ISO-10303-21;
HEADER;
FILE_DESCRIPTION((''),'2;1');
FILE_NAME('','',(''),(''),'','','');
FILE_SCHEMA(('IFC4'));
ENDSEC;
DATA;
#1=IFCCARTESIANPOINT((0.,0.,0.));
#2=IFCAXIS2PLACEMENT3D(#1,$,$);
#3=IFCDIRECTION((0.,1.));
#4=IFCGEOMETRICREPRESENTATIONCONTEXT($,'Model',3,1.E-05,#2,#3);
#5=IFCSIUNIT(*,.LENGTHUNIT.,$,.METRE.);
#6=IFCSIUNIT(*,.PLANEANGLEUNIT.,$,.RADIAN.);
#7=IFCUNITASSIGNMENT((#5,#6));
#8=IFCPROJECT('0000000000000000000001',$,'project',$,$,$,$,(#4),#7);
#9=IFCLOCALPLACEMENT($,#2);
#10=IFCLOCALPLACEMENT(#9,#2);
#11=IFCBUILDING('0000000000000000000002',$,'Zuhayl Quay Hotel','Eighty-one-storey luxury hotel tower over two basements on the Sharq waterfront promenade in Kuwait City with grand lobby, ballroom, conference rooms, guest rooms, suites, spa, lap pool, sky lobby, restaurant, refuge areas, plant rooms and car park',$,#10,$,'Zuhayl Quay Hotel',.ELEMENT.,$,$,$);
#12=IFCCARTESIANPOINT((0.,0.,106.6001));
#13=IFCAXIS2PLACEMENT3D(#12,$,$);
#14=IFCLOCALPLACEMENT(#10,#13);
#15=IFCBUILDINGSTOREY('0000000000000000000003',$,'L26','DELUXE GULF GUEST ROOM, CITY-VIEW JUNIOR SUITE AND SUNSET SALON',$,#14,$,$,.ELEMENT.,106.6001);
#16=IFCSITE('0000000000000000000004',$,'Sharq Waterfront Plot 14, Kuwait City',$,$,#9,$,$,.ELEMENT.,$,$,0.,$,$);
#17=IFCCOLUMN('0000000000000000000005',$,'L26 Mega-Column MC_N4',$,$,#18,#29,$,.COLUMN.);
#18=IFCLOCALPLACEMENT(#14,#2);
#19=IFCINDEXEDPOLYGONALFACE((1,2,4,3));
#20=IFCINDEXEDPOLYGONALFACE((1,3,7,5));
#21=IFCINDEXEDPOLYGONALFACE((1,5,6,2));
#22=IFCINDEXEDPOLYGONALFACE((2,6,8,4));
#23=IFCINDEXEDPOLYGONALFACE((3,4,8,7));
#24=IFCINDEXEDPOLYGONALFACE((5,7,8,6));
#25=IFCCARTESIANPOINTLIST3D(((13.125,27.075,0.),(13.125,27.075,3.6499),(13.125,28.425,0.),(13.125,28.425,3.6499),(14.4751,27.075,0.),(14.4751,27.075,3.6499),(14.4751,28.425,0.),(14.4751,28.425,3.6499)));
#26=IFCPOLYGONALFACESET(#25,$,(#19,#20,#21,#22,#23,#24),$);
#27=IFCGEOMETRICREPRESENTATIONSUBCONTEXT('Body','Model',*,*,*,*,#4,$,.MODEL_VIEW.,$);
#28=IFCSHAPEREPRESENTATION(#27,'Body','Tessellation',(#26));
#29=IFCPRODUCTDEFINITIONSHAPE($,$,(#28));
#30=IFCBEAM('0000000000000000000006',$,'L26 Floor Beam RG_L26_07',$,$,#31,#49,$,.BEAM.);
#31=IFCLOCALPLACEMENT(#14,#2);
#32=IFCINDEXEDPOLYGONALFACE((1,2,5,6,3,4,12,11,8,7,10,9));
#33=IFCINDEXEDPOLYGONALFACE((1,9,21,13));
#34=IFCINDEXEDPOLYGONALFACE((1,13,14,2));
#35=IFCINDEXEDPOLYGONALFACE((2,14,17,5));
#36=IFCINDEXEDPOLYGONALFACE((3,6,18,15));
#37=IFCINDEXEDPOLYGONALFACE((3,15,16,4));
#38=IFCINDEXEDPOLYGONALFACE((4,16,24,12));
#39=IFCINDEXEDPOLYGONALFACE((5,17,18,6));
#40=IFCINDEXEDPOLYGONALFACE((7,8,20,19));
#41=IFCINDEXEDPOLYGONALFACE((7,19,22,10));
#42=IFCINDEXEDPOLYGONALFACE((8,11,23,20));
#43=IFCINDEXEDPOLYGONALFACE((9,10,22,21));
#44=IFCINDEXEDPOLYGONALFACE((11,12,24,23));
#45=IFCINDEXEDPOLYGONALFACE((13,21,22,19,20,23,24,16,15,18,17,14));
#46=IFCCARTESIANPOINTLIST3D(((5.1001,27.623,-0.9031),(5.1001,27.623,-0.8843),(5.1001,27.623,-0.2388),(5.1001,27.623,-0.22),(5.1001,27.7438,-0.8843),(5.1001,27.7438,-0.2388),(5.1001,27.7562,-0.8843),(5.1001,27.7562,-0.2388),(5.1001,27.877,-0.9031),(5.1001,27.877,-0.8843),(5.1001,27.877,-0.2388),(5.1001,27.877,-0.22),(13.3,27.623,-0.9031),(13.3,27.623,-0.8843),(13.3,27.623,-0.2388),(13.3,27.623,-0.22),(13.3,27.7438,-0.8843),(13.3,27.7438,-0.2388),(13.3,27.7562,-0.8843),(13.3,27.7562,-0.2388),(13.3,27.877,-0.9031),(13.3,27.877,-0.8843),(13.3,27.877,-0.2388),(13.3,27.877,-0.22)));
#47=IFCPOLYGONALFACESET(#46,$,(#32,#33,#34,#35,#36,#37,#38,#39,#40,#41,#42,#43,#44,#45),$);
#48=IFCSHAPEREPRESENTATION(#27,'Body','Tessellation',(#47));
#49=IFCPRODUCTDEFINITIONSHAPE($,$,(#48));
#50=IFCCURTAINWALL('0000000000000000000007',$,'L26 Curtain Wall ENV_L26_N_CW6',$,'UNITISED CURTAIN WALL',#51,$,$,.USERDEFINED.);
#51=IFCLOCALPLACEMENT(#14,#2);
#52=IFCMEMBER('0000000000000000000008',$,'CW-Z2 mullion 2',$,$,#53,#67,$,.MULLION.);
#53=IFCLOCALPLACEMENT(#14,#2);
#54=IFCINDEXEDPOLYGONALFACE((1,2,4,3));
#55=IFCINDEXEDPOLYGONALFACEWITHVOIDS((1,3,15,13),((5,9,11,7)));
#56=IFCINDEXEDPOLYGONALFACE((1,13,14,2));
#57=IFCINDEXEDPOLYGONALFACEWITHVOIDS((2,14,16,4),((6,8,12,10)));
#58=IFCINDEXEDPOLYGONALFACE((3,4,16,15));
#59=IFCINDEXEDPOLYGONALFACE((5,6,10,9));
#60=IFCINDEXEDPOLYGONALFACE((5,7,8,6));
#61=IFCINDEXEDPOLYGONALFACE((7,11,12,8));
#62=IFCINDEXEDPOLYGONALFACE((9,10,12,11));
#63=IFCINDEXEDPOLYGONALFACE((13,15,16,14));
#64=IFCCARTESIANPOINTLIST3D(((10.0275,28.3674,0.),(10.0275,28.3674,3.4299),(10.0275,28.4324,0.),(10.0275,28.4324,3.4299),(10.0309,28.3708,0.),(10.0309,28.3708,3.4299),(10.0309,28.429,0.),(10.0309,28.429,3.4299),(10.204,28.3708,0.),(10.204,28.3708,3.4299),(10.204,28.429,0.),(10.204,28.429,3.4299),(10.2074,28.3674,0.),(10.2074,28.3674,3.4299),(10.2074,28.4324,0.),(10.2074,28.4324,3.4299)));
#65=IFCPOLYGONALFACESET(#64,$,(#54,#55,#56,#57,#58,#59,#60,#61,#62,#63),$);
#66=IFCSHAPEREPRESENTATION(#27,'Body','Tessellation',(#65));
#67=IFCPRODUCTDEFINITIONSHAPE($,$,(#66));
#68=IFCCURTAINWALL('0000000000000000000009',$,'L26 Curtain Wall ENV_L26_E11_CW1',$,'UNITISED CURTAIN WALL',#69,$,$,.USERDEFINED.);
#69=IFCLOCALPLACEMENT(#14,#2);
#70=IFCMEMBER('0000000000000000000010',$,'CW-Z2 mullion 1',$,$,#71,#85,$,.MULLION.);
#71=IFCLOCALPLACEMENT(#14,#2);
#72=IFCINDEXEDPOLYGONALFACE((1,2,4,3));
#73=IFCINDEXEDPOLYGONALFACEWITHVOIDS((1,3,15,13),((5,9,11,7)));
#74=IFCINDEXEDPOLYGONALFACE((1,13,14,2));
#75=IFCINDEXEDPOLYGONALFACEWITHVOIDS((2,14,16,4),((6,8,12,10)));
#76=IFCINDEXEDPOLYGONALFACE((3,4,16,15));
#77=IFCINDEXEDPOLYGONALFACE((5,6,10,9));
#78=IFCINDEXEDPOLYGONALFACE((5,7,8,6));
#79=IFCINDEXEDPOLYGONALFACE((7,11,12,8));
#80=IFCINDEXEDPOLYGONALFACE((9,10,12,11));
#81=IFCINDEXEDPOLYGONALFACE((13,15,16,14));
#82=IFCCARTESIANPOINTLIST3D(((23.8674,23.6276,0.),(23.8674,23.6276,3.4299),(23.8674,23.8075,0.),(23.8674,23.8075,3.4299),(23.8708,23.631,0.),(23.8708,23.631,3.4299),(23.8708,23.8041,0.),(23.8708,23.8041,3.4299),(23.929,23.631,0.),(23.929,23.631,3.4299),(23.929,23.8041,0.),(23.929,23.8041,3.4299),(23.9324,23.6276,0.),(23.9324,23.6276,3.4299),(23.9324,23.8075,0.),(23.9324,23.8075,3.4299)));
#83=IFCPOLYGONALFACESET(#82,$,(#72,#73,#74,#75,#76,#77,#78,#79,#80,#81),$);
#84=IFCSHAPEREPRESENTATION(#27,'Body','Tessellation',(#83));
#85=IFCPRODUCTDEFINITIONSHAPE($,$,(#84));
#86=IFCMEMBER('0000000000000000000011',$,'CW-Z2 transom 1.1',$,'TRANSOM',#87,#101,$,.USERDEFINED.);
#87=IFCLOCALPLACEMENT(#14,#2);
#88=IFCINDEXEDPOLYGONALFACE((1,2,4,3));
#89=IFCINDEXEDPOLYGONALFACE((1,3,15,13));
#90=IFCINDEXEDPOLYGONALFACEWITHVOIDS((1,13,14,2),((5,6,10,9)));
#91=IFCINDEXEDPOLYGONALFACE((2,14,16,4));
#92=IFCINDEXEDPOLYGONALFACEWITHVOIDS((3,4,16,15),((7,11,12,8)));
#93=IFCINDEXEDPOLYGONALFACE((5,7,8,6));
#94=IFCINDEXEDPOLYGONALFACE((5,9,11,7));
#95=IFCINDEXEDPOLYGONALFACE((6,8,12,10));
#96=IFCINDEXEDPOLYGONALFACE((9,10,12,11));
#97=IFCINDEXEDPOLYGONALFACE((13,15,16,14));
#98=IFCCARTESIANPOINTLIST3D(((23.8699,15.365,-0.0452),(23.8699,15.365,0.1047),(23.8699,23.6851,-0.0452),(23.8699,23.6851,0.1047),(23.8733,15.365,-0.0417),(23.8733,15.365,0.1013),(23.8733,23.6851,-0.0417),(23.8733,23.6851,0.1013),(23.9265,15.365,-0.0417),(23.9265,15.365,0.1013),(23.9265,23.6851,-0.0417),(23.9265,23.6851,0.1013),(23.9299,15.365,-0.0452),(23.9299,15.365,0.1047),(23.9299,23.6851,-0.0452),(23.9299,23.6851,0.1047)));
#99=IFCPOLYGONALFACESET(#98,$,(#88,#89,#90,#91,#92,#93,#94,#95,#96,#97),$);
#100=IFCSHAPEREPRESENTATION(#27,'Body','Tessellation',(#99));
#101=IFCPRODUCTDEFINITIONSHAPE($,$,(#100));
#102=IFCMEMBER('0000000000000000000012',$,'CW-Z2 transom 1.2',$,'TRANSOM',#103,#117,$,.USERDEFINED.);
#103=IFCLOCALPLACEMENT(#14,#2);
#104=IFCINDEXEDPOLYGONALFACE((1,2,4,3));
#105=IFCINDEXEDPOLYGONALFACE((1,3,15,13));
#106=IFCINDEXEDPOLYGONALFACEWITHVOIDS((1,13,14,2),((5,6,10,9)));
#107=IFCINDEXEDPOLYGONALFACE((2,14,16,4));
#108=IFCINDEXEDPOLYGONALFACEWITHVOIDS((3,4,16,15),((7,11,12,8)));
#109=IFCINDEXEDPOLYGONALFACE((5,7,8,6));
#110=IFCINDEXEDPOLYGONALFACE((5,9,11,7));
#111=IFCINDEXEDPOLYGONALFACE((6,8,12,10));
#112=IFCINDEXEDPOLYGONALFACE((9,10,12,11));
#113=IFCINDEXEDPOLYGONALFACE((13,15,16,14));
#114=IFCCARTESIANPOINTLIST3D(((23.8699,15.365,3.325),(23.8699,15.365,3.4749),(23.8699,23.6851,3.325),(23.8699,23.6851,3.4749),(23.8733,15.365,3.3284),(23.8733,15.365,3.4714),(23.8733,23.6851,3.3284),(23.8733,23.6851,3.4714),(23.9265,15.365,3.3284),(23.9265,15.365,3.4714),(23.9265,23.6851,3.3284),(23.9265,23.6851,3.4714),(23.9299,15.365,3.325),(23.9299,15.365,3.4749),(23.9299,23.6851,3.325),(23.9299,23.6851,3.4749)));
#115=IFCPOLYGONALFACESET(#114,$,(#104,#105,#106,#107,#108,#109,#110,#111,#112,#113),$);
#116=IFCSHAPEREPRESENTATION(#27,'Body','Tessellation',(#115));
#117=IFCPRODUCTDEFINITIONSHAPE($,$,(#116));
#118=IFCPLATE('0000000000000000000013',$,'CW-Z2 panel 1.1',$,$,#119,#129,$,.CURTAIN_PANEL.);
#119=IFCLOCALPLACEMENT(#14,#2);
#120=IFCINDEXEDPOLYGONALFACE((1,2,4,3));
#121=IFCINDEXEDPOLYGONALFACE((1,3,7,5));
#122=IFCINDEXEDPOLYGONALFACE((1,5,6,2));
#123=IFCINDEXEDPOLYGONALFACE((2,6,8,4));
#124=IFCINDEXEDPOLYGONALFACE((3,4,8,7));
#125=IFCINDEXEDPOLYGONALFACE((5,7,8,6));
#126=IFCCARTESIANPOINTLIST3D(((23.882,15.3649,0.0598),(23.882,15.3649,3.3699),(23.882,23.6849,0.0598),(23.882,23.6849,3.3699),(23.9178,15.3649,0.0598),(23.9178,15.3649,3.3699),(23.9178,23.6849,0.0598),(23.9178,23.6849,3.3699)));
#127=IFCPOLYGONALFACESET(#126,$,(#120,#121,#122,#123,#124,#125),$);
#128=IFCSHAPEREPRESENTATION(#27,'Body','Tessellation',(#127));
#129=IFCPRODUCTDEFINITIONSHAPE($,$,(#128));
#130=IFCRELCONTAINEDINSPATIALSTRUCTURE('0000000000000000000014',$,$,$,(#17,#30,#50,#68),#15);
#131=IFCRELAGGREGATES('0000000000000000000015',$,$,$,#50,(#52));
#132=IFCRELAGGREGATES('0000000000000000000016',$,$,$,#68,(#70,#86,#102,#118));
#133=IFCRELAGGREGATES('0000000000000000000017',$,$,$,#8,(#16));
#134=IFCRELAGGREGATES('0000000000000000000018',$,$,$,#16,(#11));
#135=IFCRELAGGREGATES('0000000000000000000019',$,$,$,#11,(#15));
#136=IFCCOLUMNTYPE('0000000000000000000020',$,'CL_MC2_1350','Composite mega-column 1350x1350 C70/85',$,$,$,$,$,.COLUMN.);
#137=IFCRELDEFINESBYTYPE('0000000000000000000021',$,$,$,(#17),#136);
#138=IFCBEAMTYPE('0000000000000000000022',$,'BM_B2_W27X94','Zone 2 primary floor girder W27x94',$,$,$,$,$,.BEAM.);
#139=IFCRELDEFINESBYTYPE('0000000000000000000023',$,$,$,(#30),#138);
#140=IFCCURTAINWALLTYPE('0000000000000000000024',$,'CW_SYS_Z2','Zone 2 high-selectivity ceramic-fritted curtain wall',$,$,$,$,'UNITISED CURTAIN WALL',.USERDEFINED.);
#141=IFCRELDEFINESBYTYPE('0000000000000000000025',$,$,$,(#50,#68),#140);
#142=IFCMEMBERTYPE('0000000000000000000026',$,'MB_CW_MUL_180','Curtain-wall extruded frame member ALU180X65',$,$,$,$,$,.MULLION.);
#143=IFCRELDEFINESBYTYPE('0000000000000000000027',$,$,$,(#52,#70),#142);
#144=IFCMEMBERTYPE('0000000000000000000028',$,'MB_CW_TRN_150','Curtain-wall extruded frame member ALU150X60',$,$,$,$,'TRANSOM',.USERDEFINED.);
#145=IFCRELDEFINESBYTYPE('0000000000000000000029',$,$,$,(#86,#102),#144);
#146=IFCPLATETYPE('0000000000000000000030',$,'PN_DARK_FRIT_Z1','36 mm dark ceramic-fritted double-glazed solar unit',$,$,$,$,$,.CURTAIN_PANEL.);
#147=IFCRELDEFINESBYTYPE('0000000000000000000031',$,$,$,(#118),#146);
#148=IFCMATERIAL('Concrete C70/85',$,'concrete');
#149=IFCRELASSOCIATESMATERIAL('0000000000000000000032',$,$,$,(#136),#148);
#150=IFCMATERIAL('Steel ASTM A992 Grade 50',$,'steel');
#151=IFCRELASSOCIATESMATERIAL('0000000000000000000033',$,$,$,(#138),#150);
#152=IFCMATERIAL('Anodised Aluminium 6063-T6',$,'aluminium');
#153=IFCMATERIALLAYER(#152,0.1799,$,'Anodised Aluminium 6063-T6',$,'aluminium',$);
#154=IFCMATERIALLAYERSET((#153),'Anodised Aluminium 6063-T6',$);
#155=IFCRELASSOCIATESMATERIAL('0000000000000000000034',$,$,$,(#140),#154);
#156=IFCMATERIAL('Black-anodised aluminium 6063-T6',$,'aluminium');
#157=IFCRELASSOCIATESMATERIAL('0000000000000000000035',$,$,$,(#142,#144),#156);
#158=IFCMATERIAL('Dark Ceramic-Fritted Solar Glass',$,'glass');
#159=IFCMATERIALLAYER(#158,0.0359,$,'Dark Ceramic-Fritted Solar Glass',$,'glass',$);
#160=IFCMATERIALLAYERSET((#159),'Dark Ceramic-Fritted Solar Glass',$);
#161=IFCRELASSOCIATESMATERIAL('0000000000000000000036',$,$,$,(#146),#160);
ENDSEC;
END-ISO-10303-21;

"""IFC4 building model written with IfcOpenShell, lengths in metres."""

from ifc_helpers import new_model, si_unit, direction, frame, origin, origin_2d, place, context, subcontext, project, spatial, rectangle, hollow_rectangle, i_section, extrude, material, layer, layer_set, material_profile, profile_set, type_object, element, aggregate, save


model = new_model("IFC4")

# Units and contexts
model_context = context("Model", 3, precision=1e-05, world=origin(), true_north=direction((0.0, 1.0)))
body_context = subcontext(model_context, "Body", "Model", "MODEL_VIEW")
ifc_project = project(units=[si_unit("LENGTHUNIT", "METRE"), si_unit("PLANEANGLEUNIT", "RADIAN")], contexts=[model_context])

# Site, building, storey
site_placement = place(None, origin())
site = spatial("IfcSite", under=ifc_project, at=site_placement, Name="Sharq Waterfront Plot 14, Kuwait City", CompositionType="ELEMENT", RefElevation=0.0)
building_placement = place(site_placement, origin())
building = spatial("IfcBuilding", under=site, at=building_placement, Name="Zuhayl Quay Hotel", Description="Eighty-one-storey luxury hotel tower over two basements on the Sharq waterfront promenade in Kuwait City with grand lobby, ballroom, conference rooms, guest rooms, suites, spa, lap pool, sky lobby, restaurant, refuge areas, plant rooms and car park", LongName="Zuhayl Quay Hotel", CompositionType="ELEMENT")
storey_placement = place(building_placement, frame((0.0, 0.0, 106.6001)))
storey = spatial("IfcBuildingStorey", under=building, at=storey_placement, Name="L26", Description="DELUXE GULF GUEST ROOM, CITY-VIEW JUNIOR SUITE AND SUNSET SALON", CompositionType="ELEMENT", Elevation=106.6001)

# Column
ifc_material_1 = material(Name="Concrete C70/85", Category="concrete")
ifc_material_profile_1 = material_profile(ifc_material_1, rectangle(XDim=1.3501, YDim=1.3501, at=origin_2d()), Name="RC1350X1350")
ifc_profile_set_1 = profile_set([ifc_material_profile_1], Name="Concrete C70/85")
column_type = type_object("IfcColumnType", Name="CL_MC2_1350", Description="Composite mega-column 1350x1350 C70/85", PredefinedType="COLUMN", material=ifc_profile_set_1)
column_placement = place(storey_placement, frame((13.8, 27.75, 0.0), z_axis=(0.0, 0.0, 1.0), x_axis=(1.0, 0.0, 0.0)))
element("IfcColumn", 1, at=column_placement, inside=storey, type_object=column_type, Name="L26 Mega-Column MC_N4", PredefinedType="COLUMN", context=body_context, shape_type="SweptSolid", body=[
    extrude(rectangle(XDim=1.3501, YDim=1.3501, at=origin_2d()), origin(), (0.0, 0.0, 1.0), 3.6499),
])

# Beam
ifc_material_2 = material(Name="Steel ASTM A992 Grade 50", Category="steel")
ifc_material_profile_2 = material_profile(ifc_material_2, i_section(OverallWidth=0.2539, OverallDepth=0.6831, WebThickness=0.0125, FlangeThickness=0.0188, at=origin_2d()), Name="W27X94")
ifc_profile_set_2 = profile_set([ifc_material_profile_2], Name="Steel ASTM A992 Grade 50")
beam_type = type_object("IfcBeamType", Name="BM_B2_W27X94", Description="Zone 2 primary floor girder W27x94", PredefinedType="BEAM", material=ifc_profile_set_2)
beam_placement = place(storey_placement, frame((13.3, 27.75, -0.5615), z_axis=(-1.0, 0.0, 0.0), x_axis=(0.0, -1.0, 0.0)))
element("IfcBeam", 2, at=beam_placement, inside=storey, type_object=beam_type, Name="L26 Floor Beam RG_L26_07", PredefinedType="BEAM", context=body_context, shape_type="SweptSolid", body=[
    extrude(i_section(OverallWidth=0.2539, OverallDepth=0.6831, WebThickness=0.0125, FlangeThickness=0.0188, at=origin_2d()), origin(), (0.0, 0.0, 1.0), 8.2),
])

# Curtain wall, member
ifc_material_3 = material(Name="Anodised Aluminium 6063-T6", Category="aluminium")
ifc_layer_1 = layer(ifc_material_3, 0.1799, Name="Anodised Aluminium 6063-T6", Category="aluminium")
ifc_layer_set_1 = layer_set([ifc_layer_1], Name="Anodised Aluminium 6063-T6")
curtain_wall_type = type_object("IfcCurtainWallType", Name="CW_SYS_Z2", Description="Zone 2 high-selectivity ceramic-fritted curtain wall", ElementType="UNITISED CURTAIN WALL", PredefinedType="USERDEFINED", material=ifc_layer_set_1)
curtain_wall_1_placement = place(storey_placement, origin())
curtain_wall_1 = element("IfcCurtainWall", 3, at=curtain_wall_1_placement, inside=storey, type_object=curtain_wall_type, Name="L26 Curtain Wall ENV_L26_N_CW6", ObjectType="UNITISED CURTAIN WALL", PredefinedType="USERDEFINED")
ifc_material_4 = material(Name="Black-anodised aluminium 6063-T6", Category="aluminium")
ifc_material_profile_3 = material_profile(ifc_material_4, hollow_rectangle(XDim=0.0649, YDim=0.1799, WallThickness=0.0034, at=origin_2d()), Name="ALU180X65")
ifc_profile_set_3 = profile_set([ifc_material_profile_3], Name="Black-anodised aluminium 6063-T6")
member_type_1 = type_object("IfcMemberType", Name="MB_CW_MUL_180", Description="Curtain-wall extruded frame member ALU180X65", PredefinedType="MULLION", material=ifc_profile_set_3)
member_1_placement = place(storey_placement, frame((10.1174, 28.3999, 0.0), z_axis=(0.0, 0.0, 1.0), x_axis=(0.0, 1.0, 0.0)))
member_1 = element("IfcMember", 4, at=member_1_placement, type_object=member_type_1, Name="CW-Z2 mullion 2", PredefinedType="MULLION", context=body_context, shape_type="SweptSolid", body=[
    extrude(hollow_rectangle(XDim=0.0649, YDim=0.1799, WallThickness=0.0034, at=origin_2d()), origin(), (0.0, 0.0, 1.0), 3.4299),
])
aggregate(curtain_wall_1, [member_1])

# Curtain wall, members, plate
curtain_wall_2_placement = place(storey_placement, origin())
curtain_wall_2 = element("IfcCurtainWall", 5, at=curtain_wall_2_placement, inside=storey, type_object=curtain_wall_type, Name="L26 Curtain Wall ENV_L26_E11_CW1", ObjectType="UNITISED CURTAIN WALL", PredefinedType="USERDEFINED")
member_2_placement = place(storey_placement, frame((23.8999, 23.7175, 0.0), z_axis=(0.0, 0.0, 1.0), x_axis=(1.0, 0.0, 0.0)))
member_2 = element("IfcMember", 6, at=member_2_placement, type_object=member_type_1, Name="CW-Z2 mullion 1", PredefinedType="MULLION", context=body_context, shape_type="SweptSolid", body=[
    extrude(hollow_rectangle(XDim=0.0649, YDim=0.1799, WallThickness=0.0034, at=origin_2d()), origin(), (0.0, 0.0, 1.0), 3.4299),
])
ifc_material_profile_4 = material_profile(ifc_material_4, hollow_rectangle(XDim=0.0601, YDim=0.1499, WallThickness=0.0034, at=origin_2d()), Name="ALU150X60")
ifc_profile_set_4 = profile_set([ifc_material_profile_4], Name="Black-anodised aluminium 6063-T6")
member_type_2 = type_object("IfcMemberType", Name="MB_CW_TRN_150", Description="Curtain-wall extruded frame member ALU150X60", ElementType="TRANSOM", PredefinedType="USERDEFINED", material=ifc_profile_set_4)
member_3_placement = place(storey_placement, frame((23.8999, 23.6851, 0.0298), z_axis=(0.0, -1.0, 0.0), x_axis=(1.0, 0.0, 0.0)))
member_3 = element("IfcMember", 7, at=member_3_placement, type_object=member_type_2, Name="CW-Z2 transom 1.1", ObjectType="TRANSOM", PredefinedType="USERDEFINED", context=body_context, shape_type="SweptSolid", body=[
    extrude(hollow_rectangle(XDim=0.0601, YDim=0.1499, WallThickness=0.0034, at=origin_2d()), origin(), (0.0, 0.0, 1.0), 8.3201),
])
member_4_placement = place(storey_placement, frame((23.8999, 23.6851, 3.3999), z_axis=(0.0, -1.0, 0.0), x_axis=(1.0, 0.0, 0.0)))
member_4 = element("IfcMember", 8, at=member_4_placement, type_object=member_type_2, Name="CW-Z2 transom 1.2", ObjectType="TRANSOM", PredefinedType="USERDEFINED", context=body_context, shape_type="SweptSolid", body=[
    extrude(hollow_rectangle(XDim=0.0601, YDim=0.1499, WallThickness=0.0034, at=origin_2d()), origin(), (0.0, 0.0, 1.0), 8.3201),
])
ifc_material_5 = material(Name="Dark Ceramic-Fritted Solar Glass", Category="glass")
ifc_layer_2 = layer(ifc_material_5, 0.0359, Name="Dark Ceramic-Fritted Solar Glass", Category="glass")
ifc_layer_set_2 = layer_set([ifc_layer_2], Name="Dark Ceramic-Fritted Solar Glass")
plate_type = type_object("IfcPlateType", Name="PN_DARK_FRIT_Z1", Description="36 mm dark ceramic-fritted double-glazed solar unit", PredefinedType="CURTAIN_PANEL", material=ifc_layer_set_2)
plate_placement = place(storey_placement, frame((23.8999, 19.5249, 0.0598), z_axis=(0.0, 0.0, 1.0), x_axis=(0.0, -1.0, 0.0)))
plate = element("IfcPlate", 9, at=plate_placement, type_object=plate_type, Name="CW-Z2 panel 1.1", PredefinedType="CURTAIN_PANEL", context=body_context, shape_type="SweptSolid", body=[
    extrude(rectangle(XDim=8.3201, YDim=0.0359, at=origin_2d()), origin(), (0.0, 0.0, 1.0), 3.3101),
])
aggregate(curtain_wall_2, [member_2, member_3, member_4, plate])

save(model, "model.ifc")
